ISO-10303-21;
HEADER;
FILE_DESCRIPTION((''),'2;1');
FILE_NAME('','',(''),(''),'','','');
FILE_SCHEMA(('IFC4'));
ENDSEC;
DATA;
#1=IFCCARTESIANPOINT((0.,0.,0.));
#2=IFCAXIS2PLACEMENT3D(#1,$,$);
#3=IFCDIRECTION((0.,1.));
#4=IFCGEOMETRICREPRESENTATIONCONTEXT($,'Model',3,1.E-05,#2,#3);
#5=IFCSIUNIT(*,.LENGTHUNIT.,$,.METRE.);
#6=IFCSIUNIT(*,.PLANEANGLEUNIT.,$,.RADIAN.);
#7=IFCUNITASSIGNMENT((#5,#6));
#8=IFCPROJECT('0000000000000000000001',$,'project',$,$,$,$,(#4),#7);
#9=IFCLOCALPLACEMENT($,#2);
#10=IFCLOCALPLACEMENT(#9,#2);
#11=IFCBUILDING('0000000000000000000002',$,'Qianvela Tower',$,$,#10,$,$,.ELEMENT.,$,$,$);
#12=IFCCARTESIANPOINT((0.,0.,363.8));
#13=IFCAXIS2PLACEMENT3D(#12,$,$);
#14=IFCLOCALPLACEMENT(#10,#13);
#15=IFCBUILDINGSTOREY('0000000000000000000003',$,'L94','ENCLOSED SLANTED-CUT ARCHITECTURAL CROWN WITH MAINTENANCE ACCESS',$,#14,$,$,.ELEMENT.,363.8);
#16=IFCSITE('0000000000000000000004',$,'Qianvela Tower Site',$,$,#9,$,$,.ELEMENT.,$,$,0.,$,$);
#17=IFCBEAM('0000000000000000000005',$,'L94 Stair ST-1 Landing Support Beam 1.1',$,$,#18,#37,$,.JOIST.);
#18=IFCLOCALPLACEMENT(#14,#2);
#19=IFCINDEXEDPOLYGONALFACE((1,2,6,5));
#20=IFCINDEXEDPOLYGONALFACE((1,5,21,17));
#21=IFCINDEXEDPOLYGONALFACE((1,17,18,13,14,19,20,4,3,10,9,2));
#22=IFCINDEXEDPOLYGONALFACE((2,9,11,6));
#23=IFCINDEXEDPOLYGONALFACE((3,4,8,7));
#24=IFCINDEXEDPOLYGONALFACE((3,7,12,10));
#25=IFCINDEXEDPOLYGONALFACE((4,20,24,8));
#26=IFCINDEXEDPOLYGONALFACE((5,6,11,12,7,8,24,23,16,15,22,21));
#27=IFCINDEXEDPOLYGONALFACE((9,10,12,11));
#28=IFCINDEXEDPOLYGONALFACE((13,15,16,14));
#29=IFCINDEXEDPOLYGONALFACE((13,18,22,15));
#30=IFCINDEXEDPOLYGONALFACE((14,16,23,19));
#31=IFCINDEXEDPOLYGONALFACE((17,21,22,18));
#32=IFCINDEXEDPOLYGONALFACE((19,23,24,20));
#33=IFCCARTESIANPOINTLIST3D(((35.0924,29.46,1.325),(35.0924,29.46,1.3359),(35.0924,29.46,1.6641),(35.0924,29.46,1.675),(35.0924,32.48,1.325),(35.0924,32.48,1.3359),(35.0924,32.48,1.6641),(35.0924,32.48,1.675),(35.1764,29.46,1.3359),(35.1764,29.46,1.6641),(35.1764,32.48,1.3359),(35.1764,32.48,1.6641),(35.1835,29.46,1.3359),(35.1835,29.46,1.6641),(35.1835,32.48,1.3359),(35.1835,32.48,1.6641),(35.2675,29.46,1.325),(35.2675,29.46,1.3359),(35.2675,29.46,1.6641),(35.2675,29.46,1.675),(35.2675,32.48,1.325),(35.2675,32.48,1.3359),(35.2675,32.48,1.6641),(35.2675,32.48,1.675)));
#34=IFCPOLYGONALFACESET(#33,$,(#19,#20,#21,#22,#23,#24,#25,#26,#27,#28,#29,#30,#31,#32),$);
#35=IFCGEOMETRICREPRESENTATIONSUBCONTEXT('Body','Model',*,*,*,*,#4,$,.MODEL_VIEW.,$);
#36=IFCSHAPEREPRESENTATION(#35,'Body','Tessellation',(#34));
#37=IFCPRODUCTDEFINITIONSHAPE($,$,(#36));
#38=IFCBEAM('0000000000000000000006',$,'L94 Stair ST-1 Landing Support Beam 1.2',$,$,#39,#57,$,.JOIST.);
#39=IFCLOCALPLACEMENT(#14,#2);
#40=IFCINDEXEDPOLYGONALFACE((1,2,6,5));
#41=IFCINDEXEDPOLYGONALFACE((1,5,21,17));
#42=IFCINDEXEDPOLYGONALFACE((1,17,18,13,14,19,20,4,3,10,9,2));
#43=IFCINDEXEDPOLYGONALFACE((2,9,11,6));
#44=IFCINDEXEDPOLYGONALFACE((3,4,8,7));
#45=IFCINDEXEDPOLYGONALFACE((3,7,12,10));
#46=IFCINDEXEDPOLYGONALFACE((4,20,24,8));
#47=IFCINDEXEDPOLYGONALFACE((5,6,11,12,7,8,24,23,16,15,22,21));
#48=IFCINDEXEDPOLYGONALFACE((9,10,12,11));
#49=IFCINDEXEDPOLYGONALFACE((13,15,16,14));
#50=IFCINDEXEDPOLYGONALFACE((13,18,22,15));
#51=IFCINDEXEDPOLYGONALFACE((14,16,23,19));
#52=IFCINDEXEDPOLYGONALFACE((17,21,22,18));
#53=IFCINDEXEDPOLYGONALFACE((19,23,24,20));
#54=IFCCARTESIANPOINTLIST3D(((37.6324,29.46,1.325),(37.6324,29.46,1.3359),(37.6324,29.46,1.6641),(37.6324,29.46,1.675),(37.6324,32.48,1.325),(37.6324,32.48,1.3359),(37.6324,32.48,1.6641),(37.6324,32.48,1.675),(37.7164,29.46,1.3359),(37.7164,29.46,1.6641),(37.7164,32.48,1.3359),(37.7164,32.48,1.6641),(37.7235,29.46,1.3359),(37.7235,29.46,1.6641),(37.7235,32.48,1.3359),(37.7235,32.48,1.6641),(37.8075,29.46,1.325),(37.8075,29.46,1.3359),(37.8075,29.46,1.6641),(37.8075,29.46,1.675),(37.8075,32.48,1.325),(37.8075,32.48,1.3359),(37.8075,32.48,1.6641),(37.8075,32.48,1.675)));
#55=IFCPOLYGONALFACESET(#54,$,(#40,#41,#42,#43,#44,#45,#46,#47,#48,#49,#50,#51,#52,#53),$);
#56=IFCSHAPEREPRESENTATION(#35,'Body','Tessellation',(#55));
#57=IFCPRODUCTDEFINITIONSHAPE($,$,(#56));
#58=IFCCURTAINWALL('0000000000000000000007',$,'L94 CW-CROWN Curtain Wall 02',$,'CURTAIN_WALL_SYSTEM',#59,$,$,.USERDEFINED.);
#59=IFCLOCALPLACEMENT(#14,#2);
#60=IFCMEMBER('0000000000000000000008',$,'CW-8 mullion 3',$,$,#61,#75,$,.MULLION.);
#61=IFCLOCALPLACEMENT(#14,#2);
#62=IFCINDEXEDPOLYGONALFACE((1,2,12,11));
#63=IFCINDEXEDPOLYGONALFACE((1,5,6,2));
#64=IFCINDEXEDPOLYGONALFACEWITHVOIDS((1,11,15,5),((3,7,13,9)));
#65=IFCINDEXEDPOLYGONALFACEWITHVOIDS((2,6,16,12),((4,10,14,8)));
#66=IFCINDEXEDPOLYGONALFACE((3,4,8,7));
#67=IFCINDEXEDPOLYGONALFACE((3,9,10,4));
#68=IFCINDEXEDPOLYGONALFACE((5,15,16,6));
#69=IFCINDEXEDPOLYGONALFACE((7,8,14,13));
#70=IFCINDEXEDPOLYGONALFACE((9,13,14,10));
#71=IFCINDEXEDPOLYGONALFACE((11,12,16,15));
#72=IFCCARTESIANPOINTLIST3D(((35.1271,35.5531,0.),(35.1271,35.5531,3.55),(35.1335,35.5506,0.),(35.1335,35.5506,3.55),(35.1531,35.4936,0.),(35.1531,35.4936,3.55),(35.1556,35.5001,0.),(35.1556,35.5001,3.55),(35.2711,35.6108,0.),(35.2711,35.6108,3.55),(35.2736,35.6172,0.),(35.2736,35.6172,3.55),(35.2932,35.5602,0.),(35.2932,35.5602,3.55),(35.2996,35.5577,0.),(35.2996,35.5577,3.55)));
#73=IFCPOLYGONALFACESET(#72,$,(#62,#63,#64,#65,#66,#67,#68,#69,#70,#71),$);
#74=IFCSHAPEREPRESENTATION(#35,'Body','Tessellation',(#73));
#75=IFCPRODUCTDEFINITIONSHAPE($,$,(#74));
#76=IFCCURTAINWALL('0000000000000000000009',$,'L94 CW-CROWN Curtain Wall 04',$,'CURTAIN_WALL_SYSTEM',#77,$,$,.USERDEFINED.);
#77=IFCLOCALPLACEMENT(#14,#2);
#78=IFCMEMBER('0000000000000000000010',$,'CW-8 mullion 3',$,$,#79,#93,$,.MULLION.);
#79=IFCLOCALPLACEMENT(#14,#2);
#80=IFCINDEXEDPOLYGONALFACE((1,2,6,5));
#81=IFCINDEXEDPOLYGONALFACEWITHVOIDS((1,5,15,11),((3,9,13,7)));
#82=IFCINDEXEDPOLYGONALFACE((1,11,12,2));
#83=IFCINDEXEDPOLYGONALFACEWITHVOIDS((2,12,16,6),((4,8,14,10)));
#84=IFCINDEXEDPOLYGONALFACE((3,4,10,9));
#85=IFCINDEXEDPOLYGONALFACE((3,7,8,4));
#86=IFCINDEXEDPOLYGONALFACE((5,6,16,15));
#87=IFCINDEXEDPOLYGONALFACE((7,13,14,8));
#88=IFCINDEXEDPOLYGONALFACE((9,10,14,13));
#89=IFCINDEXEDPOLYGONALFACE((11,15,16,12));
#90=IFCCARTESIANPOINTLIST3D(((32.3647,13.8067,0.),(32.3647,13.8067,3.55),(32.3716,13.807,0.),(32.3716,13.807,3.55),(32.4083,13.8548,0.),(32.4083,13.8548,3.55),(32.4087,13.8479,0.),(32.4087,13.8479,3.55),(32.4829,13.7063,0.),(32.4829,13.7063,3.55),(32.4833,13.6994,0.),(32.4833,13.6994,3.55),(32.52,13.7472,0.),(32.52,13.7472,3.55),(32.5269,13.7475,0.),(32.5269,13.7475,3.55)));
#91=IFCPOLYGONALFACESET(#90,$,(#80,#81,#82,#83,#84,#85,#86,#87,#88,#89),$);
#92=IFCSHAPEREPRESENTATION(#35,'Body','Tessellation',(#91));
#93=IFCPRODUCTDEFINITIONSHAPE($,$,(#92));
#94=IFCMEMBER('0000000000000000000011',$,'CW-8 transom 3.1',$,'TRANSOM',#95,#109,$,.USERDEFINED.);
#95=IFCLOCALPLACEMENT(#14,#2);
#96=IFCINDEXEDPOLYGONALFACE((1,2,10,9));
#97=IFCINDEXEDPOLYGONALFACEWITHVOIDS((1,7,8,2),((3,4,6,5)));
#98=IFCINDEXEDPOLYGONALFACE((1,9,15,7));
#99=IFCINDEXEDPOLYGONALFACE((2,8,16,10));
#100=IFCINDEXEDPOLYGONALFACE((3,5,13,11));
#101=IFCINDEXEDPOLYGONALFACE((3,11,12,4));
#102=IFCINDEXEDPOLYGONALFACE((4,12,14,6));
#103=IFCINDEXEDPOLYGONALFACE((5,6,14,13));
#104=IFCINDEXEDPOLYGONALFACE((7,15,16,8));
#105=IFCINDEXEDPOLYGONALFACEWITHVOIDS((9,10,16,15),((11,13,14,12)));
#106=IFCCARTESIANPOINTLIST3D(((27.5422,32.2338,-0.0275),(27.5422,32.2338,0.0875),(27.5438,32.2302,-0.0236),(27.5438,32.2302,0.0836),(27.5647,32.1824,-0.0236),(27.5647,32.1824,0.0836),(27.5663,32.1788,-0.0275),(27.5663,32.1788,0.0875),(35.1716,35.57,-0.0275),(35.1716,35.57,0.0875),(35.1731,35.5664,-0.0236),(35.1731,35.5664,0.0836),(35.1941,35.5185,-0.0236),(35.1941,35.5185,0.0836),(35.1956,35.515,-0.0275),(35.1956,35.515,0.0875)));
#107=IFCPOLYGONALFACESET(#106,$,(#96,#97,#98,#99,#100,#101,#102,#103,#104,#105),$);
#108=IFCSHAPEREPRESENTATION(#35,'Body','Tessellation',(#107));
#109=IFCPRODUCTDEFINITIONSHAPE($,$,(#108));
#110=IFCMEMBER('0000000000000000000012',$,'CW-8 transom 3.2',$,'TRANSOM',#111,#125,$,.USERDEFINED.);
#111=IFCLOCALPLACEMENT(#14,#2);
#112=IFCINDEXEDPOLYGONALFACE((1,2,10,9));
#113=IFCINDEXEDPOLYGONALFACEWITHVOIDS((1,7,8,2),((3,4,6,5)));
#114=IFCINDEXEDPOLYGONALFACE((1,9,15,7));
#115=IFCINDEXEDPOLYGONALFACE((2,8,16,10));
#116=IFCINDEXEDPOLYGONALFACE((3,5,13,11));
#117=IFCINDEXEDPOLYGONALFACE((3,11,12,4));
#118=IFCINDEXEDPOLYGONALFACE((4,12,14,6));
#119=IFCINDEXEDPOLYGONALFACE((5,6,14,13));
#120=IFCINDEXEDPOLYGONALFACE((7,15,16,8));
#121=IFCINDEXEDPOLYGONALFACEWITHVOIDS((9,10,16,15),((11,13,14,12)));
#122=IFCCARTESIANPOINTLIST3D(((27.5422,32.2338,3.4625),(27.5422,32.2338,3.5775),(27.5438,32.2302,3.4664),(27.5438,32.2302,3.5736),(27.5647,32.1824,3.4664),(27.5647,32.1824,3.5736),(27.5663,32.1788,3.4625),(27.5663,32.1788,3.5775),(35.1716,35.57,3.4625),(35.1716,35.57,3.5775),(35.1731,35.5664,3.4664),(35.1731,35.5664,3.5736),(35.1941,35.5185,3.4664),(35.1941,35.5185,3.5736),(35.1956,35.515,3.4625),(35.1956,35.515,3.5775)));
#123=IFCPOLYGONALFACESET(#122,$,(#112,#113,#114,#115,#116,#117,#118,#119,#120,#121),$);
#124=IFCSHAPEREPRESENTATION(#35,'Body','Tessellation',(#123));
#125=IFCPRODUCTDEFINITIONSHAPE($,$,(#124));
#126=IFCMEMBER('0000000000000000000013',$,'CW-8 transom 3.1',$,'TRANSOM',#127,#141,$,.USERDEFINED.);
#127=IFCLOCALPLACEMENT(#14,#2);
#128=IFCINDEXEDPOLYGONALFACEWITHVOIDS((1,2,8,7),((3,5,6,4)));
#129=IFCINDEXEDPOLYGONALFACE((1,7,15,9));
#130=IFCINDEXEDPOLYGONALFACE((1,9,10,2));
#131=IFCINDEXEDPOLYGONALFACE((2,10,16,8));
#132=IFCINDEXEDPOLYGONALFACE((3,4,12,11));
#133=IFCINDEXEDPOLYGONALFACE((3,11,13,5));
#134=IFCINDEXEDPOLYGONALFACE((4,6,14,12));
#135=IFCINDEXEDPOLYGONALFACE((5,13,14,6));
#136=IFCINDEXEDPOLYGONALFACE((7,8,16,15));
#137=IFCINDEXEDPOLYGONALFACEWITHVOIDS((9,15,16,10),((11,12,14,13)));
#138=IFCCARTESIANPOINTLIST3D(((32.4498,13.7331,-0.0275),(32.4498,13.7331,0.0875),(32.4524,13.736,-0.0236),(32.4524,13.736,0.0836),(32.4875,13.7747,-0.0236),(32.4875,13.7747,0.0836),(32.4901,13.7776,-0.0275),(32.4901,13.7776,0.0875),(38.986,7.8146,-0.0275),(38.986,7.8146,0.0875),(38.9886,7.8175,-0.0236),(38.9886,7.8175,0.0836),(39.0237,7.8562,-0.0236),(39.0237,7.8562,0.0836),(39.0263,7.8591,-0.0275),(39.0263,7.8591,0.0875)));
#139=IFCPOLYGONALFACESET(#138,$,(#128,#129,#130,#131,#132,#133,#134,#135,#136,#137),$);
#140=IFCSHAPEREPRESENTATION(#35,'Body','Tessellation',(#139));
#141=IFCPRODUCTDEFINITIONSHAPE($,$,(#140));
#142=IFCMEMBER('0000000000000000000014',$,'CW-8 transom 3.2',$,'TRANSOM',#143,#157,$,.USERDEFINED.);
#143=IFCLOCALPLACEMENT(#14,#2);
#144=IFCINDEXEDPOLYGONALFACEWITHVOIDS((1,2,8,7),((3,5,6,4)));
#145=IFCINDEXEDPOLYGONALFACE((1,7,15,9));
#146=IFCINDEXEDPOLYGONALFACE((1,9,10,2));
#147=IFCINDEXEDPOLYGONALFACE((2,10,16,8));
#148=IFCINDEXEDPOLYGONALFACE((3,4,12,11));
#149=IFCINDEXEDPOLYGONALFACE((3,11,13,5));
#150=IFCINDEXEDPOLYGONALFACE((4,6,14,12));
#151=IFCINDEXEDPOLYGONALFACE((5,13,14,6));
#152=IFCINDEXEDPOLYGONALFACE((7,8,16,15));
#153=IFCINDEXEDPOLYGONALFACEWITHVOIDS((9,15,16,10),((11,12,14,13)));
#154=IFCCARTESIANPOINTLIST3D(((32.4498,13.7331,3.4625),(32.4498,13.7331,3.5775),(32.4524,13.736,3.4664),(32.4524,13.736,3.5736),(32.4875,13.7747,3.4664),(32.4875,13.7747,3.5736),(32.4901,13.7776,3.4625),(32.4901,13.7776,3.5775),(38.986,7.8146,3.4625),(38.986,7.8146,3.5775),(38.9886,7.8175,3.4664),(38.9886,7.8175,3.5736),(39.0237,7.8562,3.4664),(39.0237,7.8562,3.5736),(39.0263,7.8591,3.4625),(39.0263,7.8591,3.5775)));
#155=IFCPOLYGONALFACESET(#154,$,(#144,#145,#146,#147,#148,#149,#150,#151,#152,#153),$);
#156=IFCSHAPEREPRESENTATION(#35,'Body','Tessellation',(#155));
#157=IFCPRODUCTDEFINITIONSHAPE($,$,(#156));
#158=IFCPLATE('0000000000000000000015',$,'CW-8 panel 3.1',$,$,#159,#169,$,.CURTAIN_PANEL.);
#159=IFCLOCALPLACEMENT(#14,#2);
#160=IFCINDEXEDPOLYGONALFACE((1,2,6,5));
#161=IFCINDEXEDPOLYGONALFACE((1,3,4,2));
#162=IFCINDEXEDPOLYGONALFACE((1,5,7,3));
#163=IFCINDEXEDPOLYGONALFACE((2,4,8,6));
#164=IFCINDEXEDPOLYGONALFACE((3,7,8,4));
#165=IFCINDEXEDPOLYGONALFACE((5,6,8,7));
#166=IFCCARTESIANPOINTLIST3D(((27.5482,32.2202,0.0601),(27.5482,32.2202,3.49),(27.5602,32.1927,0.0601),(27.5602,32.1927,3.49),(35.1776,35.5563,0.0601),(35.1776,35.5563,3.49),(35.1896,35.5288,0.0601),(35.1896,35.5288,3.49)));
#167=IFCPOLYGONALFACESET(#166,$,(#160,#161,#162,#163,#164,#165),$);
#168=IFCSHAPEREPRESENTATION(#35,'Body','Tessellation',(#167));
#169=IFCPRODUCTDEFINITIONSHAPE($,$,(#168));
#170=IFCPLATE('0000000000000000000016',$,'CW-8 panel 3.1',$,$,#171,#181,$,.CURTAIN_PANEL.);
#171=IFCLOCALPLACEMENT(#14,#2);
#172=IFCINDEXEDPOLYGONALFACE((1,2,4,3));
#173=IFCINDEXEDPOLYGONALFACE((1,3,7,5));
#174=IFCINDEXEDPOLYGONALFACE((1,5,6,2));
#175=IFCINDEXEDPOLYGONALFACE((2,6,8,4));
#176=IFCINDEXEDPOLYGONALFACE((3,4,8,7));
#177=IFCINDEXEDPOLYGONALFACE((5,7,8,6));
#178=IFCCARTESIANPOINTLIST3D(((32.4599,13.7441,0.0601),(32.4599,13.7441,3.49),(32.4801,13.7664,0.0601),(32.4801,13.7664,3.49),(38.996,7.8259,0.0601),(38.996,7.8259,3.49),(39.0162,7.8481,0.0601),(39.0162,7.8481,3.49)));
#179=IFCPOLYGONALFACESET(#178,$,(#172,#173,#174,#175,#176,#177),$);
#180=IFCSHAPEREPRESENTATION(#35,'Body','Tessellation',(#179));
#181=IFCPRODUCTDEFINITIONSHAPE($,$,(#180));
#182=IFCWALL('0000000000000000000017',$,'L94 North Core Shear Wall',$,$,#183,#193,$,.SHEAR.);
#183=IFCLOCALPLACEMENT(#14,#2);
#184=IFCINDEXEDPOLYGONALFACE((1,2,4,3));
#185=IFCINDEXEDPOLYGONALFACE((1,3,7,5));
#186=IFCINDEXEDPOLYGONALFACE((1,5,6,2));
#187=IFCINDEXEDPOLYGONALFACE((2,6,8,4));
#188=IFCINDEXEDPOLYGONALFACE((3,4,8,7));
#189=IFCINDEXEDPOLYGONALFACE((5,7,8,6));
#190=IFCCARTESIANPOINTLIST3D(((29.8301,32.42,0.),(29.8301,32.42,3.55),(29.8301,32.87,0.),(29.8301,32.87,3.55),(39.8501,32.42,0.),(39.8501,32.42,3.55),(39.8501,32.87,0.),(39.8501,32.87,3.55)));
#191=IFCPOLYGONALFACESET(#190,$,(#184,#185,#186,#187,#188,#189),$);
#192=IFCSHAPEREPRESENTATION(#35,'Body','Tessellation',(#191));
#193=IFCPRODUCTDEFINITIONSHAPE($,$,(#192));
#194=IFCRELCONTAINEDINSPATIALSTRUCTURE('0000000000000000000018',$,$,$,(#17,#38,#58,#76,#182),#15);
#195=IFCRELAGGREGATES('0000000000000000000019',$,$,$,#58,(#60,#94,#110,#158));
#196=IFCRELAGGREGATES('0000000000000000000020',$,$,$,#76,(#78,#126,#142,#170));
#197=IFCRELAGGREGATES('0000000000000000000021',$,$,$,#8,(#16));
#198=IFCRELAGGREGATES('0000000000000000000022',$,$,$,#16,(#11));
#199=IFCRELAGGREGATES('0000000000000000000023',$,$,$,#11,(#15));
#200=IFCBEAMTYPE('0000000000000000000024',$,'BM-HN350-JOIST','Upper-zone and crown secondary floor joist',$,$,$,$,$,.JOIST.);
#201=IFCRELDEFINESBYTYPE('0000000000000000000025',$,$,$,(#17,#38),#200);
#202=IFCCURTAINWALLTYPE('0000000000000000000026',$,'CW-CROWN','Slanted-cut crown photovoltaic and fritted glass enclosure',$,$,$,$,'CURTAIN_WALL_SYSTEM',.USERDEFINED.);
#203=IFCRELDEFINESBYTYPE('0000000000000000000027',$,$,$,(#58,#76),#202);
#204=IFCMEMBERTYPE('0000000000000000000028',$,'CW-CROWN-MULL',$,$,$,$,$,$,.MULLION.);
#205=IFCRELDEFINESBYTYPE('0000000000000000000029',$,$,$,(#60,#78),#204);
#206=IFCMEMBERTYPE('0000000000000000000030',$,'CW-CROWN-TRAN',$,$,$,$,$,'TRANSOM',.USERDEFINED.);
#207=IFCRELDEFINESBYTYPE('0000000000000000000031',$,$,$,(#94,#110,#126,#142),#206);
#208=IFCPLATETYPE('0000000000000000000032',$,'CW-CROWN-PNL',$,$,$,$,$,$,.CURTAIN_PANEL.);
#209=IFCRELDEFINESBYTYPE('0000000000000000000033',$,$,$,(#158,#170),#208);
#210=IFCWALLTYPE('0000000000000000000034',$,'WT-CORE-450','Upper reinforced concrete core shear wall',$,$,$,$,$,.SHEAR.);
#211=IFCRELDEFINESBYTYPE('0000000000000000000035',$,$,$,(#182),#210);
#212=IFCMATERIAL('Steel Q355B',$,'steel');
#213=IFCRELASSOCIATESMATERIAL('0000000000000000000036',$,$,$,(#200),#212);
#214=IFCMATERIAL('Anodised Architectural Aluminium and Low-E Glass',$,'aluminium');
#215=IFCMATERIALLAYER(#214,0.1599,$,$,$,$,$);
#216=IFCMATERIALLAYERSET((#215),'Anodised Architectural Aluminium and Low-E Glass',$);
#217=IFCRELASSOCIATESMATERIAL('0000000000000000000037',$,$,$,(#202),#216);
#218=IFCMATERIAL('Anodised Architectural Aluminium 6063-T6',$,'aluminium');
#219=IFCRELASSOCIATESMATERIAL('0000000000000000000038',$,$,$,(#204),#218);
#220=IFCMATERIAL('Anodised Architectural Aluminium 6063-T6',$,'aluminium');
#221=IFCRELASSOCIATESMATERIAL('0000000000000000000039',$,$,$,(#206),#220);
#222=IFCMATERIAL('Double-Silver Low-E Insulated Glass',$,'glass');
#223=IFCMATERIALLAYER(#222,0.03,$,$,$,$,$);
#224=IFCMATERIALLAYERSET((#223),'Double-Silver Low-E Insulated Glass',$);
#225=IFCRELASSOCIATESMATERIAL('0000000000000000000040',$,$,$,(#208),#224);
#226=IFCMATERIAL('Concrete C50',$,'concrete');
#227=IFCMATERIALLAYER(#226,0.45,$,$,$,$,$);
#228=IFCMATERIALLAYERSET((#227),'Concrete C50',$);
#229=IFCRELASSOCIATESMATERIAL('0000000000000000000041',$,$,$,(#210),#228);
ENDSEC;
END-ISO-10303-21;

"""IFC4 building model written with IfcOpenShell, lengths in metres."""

from ifc_helpers import new_model, si_unit, direction, frame, frame_2d, origin, origin_2d, place, context, subcontext, project, spatial, rectangle, hollow_rectangle, i_section, extrude, material, layer, layer_set, material_profile, profile_set, type_object, element, aggregate, save


model = new_model("IFC4")

# Units and contexts
model_context = context("Model", 3, precision=1e-05, world=origin(), true_north=direction((0.0, 1.0)))
body_context = subcontext(model_context, "Body", "Model", "MODEL_VIEW")
ifc_project = project(units=[si_unit("LENGTHUNIT", "METRE"), si_unit("PLANEANGLEUNIT", "RADIAN")], contexts=[model_context])

# Site, building, storey
site_placement = place(None, origin())
site = spatial("IfcSite", under=ifc_project, at=site_placement, Name="Qianvela Tower Site", CompositionType="ELEMENT", RefElevation=0.0)
building_placement = place(site_placement, origin())
building = spatial("IfcBuilding", under=site, at=building_placement, Name="Qianvela Tower", CompositionType="ELEMENT")
storey_placement = place(building_placement, frame((0.0, 0.0, 363.8)))
storey = spatial("IfcBuildingStorey", under=building, at=storey_placement, Name="L94", Description="ENCLOSED SLANTED-CUT ARCHITECTURAL CROWN WITH MAINTENANCE ACCESS", CompositionType="ELEMENT", Elevation=363.8)

# Beams
ifc_material_1 = material(Name="Steel Q355B", Category="steel")
ifc_material_profile_1 = material_profile(ifc_material_1, i_section(OverallWidth=0.175, OverallDepth=0.3501, WebThickness=0.0071, FlangeThickness=0.011, at=origin_2d()), Name="HN350x175x7x11")
ifc_profile_set_1 = profile_set([ifc_material_profile_1], Name="Steel Q355B")
beam_type = type_object("IfcBeamType", Name="BM-HN350-JOIST", Description="Upper-zone and crown secondary floor joist", PredefinedType="JOIST", material=ifc_profile_set_1)
for number, where, z_axis, x_axis, name in (
    (1, (35.1799, 29.46, 1.5), (0.0, 1.0, 0.0), (-1.0, 0.0, 0.0), "L94 Stair ST-1 Landing Support Beam 1.1"),
    (2, (37.72, 29.46, 1.5), (0.0, 1.0, 0.0), (-1.0, 0.0, 0.0), "L94 Stair ST-1 Landing Support Beam 1.2"),
):
    element("IfcBeam", number, at=place(storey_placement, frame(where, z_axis=z_axis, x_axis=x_axis)), inside=storey, type_object=beam_type, Name=name, PredefinedType="JOIST", context=body_context, shape_type="SweptSolid", body=[
        extrude(i_section(OverallWidth=0.175, OverallDepth=0.3501, WebThickness=0.0071, FlangeThickness=0.011, at=origin_2d()), origin(), (0.0, 0.0, 1.0), 3.02),
    ])

# Curtain walls, members
ifc_material_2 = material(Name="Anodised Architectural Aluminium and Low-E Glass", Category="aluminium")
ifc_layer_1 = layer(ifc_material_2, 0.1599)
ifc_layer_set_1 = layer_set([ifc_layer_1], Name="Anodised Architectural Aluminium and Low-E Glass")
curtain_wall_type = type_object("IfcCurtainWallType", Name="CW-CROWN", Description="Slanted-cut crown photovoltaic and fritted glass enclosure", ElementType="CURTAIN_WALL_SYSTEM", PredefinedType="USERDEFINED", material=ifc_layer_set_1)
curtain_wall_1_placement = place(storey_placement, origin())
curtain_wall_1 = element("IfcCurtainWall", 3, at=curtain_wall_1_placement, inside=storey, type_object=curtain_wall_type, Name="L94 CW-CROWN Curtain Wall 02", ObjectType="CURTAIN_WALL_SYSTEM", PredefinedType="USERDEFINED")
ifc_material_3 = material(Name="Anodised Architectural Aluminium 6063-T6", Category="aluminium")
ifc_material_profile_2 = material_profile(ifc_material_3, hollow_rectangle(XDim=0.0649, YDim=0.1599, WallThickness=0.0049, at=origin_2d()), Name="ALU-MULL-65x160")
ifc_profile_set_2 = profile_set([ifc_material_profile_2], Name="Anodised Architectural Aluminium 6063-T6")
member_type_1 = type_object("IfcMemberType", Name="CW-CROWN-MULL", PredefinedType="MULLION", material=ifc_profile_set_2)
member_1_placement = place(storey_placement, frame((35.2134, 35.5554, 0.0), z_axis=(0.0, 0.0, 1.0), x_axis=(0.400642, -0.916235, 0.0)))
member_1 = element("IfcMember", 4, at=member_1_placement, type_object=member_type_1, Name="CW-8 mullion 3", PredefinedType="MULLION", context=body_context, shape_type="SweptSolid", body=[
    extrude(hollow_rectangle(XDim=0.0649, YDim=0.1599, WallThickness=0.0049, at=origin_2d()), origin(), (0.0, 0.0, 1.0), 3.55),
])
curtain_wall_2_placement = place(storey_placement, origin())
curtain_wall_2 = element("IfcCurtainWall", 5, at=curtain_wall_2_placement, inside=storey, type_object=curtain_wall_type, Name="L94 CW-CROWN Curtain Wall 04", ObjectType="CURTAIN_WALL_SYSTEM", PredefinedType="USERDEFINED")
member_2_placement = place(storey_placement, frame((32.4458, 13.7771, 0.0), z_axis=(0.0, 0.0, 1.0), x_axis=(0.671204, 0.741273, 0.0)))
member_2 = element("IfcMember", 6, at=member_2_placement, type_object=member_type_1, Name="CW-8 mullion 3", PredefinedType="MULLION", context=body_context, shape_type="SweptSolid", body=[
    extrude(hollow_rectangle(XDim=0.0649, YDim=0.1599, WallThickness=0.0049, at=origin_2d()), origin(), (0.0, 0.0, 1.0), 3.55),
])

# Members
ifc_material_4 = material(Name="Anodised Architectural Aluminium 6063-T6", Category="aluminium")
ifc_material_profile_3 = material_profile(ifc_material_4, hollow_rectangle(XDim=0.0601, YDim=0.115, WallThickness=0.0039, at=origin_2d()), Name="ALU-TRAN-60x115")
ifc_profile_set_3 = profile_set([ifc_material_profile_3], Name="Anodised Architectural Aluminium 6063-T6")
member_type_2 = type_object("IfcMemberType", Name="CW-CROWN-TRAN", ElementType="TRANSOM", PredefinedType="USERDEFINED", material=ifc_profile_set_3)
member_3_placement = place(storey_placement, frame((35.1836, 35.5425, 0.03), z_axis=(-0.916231, -0.40065, 0.0), x_axis=(0.40065, -0.916231, 0.0)))
member_3 = element("IfcMember", 7, at=member_3_placement, type_object=member_type_2, Name="CW-8 transom 3.1", ObjectType="TRANSOM", PredefinedType="USERDEFINED", context=body_context, shape_type="SweptSolid", body=[
    extrude(hollow_rectangle(XDim=0.0601, YDim=0.115, WallThickness=0.0039, at=origin_2d()), origin(), (0.0, 0.0, 1.0), 8.3269),
])
member_4_placement = place(storey_placement, frame((35.1836, 35.5425, 3.52), z_axis=(-0.916231, -0.40065, 0.0), x_axis=(0.40065, -0.916231, 0.0)))
member_4 = element("IfcMember", 8, at=member_4_placement, type_object=member_type_2, Name="CW-8 transom 3.2", ObjectType="TRANSOM", PredefinedType="USERDEFINED", context=body_context, shape_type="SweptSolid", body=[
    extrude(hollow_rectangle(XDim=0.0601, YDim=0.115, WallThickness=0.0039, at=origin_2d()), origin(), (0.0, 0.0, 1.0), 8.3269),
])
member_5_placement = place(storey_placement, frame((32.47, 13.7554, 0.03), z_axis=(0.741264, -0.671213, 0.0), x_axis=(0.671213, 0.741264, 0.0)))
member_5 = element("IfcMember", 9, at=member_5_placement, type_object=member_type_2, Name="CW-8 transom 3.1", ObjectType="TRANSOM", PredefinedType="USERDEFINED", context=body_context, shape_type="SweptSolid", body=[
    extrude(hollow_rectangle(XDim=0.0601, YDim=0.115, WallThickness=0.0039, at=origin_2d()), origin(), (0.0, 0.0, 1.0), 8.8176),
])
member_6_placement = place(storey_placement, frame((32.47, 13.7554, 3.52), z_axis=(0.741264, -0.671213, 0.0), x_axis=(0.671213, 0.741264, 0.0)))
member_6 = element("IfcMember", 10, at=member_6_placement, type_object=member_type_2, Name="CW-8 transom 3.2", ObjectType="TRANSOM", PredefinedType="USERDEFINED", context=body_context, shape_type="SweptSolid", body=[
    extrude(hollow_rectangle(XDim=0.0601, YDim=0.115, WallThickness=0.0039, at=origin_2d()), origin(), (0.0, 0.0, 1.0), 8.8176),
])

# Plates
ifc_material_5 = material(Name="Double-Silver Low-E Insulated Glass", Category="glass")
ifc_layer_2 = layer(ifc_material_5, 0.03)
ifc_layer_set_2 = layer_set([ifc_layer_2], Name="Double-Silver Low-E Insulated Glass")
plate_type = type_object("IfcPlateType", Name="CW-CROWN-PNL", PredefinedType="CURTAIN_PANEL", material=ifc_layer_set_2)
plate_1_placement = place(storey_placement, frame((31.3689, 33.8745, 0.0601), z_axis=(0.0, 0.0, 1.0), x_axis=(-0.916235, -0.400642, 0.0)))
plate_1 = element("IfcPlate", 11, at=plate_1_placement, type_object=plate_type, Name="CW-8 panel 3.1", PredefinedType="CURTAIN_PANEL", context=body_context, shape_type="SweptSolid", body=[
    extrude(rectangle(XDim=8.3269, YDim=0.03, at=origin_2d()), origin(), (0.0, 0.0, 1.0), 3.4299),
])
aggregate(curtain_wall_1, [member_1, member_3, member_4, plate_1])
plate_2_placement = place(storey_placement, frame((35.738, 10.7961, 0.0601), z_axis=(0.0, 0.0, 1.0), x_axis=(0.741273, -0.671204, 0.0)))
plate_2 = element("IfcPlate", 12, at=plate_2_placement, type_object=plate_type, Name="CW-8 panel 3.1", PredefinedType="CURTAIN_PANEL", context=body_context, shape_type="SweptSolid", body=[
    extrude(rectangle(XDim=8.8174, YDim=0.03, at=origin_2d()), origin(), (0.0, 0.0, 1.0), 3.4299),
])
aggregate(curtain_wall_2, [member_2, member_5, member_6, plate_2])

# Wall
ifc_material_6 = material(Name="Concrete C50", Category="concrete")
ifc_layer_3 = layer(ifc_material_6, 0.45)
ifc_layer_set_3 = layer_set([ifc_layer_3], Name="Concrete C50")
wall_type_1 = type_object("IfcWallType", Name="WT-CORE-450", Description="Upper reinforced concrete core shear wall", PredefinedType="SHEAR", material=ifc_layer_set_3)
wall_1_placement = place(storey_placement, frame((29.8301, 32.645, 0.0), z_axis=(0.0, 0.0, 1.0), x_axis=(1.0, 0.0, 0.0)))
element("IfcWall", 13, at=wall_1_placement, inside=storey, type_object=wall_type_1, Name="L94 North Core Shear Wall", PredefinedType="SHEAR", context=body_context, shape_type="SweptSolid", body=[
    extrude(rectangle(XDim=10.02, YDim=0.45, at=frame_2d((5.01, 0.0))), origin(), (0.0, 0.0, 1.0), 3.55),
])

save(model, "model.ifc")
